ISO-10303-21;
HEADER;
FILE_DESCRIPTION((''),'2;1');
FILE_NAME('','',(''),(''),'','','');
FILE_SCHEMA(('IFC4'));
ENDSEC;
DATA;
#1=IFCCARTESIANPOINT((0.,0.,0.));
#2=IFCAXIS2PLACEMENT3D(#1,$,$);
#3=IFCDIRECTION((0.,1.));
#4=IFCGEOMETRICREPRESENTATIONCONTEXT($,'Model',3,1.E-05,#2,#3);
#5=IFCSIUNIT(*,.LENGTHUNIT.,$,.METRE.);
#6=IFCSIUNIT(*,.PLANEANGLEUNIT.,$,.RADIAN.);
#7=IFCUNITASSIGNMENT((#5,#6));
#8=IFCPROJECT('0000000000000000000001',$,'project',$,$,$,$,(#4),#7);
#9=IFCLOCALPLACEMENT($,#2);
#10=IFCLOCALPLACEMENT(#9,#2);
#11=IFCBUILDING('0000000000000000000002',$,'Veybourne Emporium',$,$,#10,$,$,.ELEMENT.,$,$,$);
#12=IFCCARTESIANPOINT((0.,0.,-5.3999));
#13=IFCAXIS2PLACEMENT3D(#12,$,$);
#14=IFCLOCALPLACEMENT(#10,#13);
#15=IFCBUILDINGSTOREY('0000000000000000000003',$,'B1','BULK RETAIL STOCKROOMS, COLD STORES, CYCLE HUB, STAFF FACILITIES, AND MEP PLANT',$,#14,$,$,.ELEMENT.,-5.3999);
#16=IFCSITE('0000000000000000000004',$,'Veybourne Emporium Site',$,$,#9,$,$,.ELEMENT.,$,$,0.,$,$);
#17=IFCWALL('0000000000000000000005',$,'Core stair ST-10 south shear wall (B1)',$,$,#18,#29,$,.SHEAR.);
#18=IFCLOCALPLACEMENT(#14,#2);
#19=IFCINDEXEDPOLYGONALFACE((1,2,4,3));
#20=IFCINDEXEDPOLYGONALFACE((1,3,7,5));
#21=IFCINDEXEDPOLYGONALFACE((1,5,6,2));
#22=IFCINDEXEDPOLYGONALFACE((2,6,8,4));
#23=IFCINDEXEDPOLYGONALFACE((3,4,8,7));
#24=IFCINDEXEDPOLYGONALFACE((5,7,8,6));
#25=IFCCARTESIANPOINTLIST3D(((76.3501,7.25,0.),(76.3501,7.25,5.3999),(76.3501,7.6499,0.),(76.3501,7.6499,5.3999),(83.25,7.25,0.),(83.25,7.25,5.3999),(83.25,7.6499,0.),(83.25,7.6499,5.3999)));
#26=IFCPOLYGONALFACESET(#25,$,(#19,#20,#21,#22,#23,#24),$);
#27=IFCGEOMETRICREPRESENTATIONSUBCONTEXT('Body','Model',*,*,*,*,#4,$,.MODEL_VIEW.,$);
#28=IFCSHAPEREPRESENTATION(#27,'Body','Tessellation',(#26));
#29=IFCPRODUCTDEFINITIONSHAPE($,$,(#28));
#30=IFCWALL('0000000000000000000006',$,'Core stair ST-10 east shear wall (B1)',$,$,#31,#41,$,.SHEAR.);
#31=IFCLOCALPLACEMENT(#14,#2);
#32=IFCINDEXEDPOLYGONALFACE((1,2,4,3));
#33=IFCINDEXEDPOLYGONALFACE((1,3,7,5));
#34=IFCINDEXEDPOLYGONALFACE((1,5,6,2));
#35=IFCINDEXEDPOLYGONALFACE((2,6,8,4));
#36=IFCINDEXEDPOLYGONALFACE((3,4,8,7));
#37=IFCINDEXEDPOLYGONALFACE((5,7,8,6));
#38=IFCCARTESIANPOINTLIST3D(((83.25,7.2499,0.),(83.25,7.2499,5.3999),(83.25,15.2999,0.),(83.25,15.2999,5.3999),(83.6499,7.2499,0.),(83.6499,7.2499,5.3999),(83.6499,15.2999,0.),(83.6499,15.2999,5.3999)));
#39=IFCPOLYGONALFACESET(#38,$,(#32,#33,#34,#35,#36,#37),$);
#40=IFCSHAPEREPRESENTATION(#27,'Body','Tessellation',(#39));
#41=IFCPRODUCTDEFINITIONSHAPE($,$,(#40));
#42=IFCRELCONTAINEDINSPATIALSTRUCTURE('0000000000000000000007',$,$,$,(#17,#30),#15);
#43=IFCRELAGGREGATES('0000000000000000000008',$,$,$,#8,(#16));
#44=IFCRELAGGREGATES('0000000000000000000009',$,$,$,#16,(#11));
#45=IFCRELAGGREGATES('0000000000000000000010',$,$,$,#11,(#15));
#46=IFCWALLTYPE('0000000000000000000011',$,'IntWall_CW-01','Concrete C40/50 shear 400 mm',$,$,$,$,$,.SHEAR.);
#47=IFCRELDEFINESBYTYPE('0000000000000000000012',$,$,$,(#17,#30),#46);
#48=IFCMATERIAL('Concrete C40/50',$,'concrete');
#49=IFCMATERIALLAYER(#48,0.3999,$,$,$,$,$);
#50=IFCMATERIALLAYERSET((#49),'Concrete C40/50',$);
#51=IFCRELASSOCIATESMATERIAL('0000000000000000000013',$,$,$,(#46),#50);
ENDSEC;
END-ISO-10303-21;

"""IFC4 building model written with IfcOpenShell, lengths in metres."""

from ifc_helpers import new_model, si_unit, direction, frame, frame_2d, origin, place, context, subcontext, project, spatial, rectangle, extrude, material, layer, layer_set, type_object, element, save


model = new_model("IFC4")

# Units and contexts
model_context = context("Model", 3, precision=1e-05, world=origin(), true_north=direction((0.0, 1.0)))
body_context = subcontext(model_context, "Body", "Model", "MODEL_VIEW")
ifc_project = project(units=[si_unit("LENGTHUNIT", "METRE"), si_unit("PLANEANGLEUNIT", "RADIAN")], contexts=[model_context])

# Site, building, storey
site_placement = place(None, origin())
site = spatial("IfcSite", under=ifc_project, at=site_placement, Name="Veybourne Emporium Site", CompositionType="ELEMENT", RefElevation=0.0)
building_placement = place(site_placement, origin())
building = spatial("IfcBuilding", under=site, at=building_placement, Name="Veybourne Emporium", CompositionType="ELEMENT")
storey_placement = place(building_placement, frame((0.0, 0.0, -5.3999)))
storey = spatial("IfcBuildingStorey", under=building, at=storey_placement, Name="B1", Description="BULK RETAIL STOCKROOMS, COLD STORES, CYCLE HUB, STAFF FACILITIES, AND MEP PLANT", CompositionType="ELEMENT", Elevation=-5.3999)

# Shared definitions
ifc_material_1 = material(Name="Concrete C40/50", Category="concrete")

# Walls
ifc_layer_1 = layer(ifc_material_1, 0.3999)
ifc_layer_set_1 = layer_set([ifc_layer_1], Name="Concrete C40/50")
wall_type_1 = type_object("IfcWallType", Name="IntWall_CW-01", Description="Concrete C40/50 shear 400 mm", PredefinedType="SHEAR", material=ifc_layer_set_1)
wall_1_placement = place(storey_placement, frame((83.25, 7.45, 0.0), z_axis=(0.0, 0.0, 1.0), x_axis=(-1.0, 0.0, 0.0)))
element("IfcWall", 1, at=wall_1_placement, inside=storey, type_object=wall_type_1, Name="Core stair ST-10 south shear wall (B1)", PredefinedType="SHEAR", context=body_context, shape_type="SweptSolid", body=[
    extrude(rectangle(XDim=6.8999, YDim=0.3999, at=frame_2d((3.45, 0.0))), origin(), (0.0, 0.0, 1.0), 5.3999),
])
wall_2_placement = place(storey_placement, frame((83.45, 7.25, 0.0), z_axis=(0.0, 0.0, 1.0), x_axis=(0.0, 1.0, 0.0)))
element("IfcWall", 2, at=wall_2_placement, inside=storey, type_object=wall_type_1, Name="Core stair ST-10 east shear wall (B1)", PredefinedType="SHEAR", context=body_context, shape_type="SweptSolid", body=[
    extrude(rectangle(XDim=8.05, YDim=0.3999, at=frame_2d((4.0249, 0.0))), origin(), (0.0, 0.0, 1.0), 5.3999),
])

save(model, "model.ifc")
